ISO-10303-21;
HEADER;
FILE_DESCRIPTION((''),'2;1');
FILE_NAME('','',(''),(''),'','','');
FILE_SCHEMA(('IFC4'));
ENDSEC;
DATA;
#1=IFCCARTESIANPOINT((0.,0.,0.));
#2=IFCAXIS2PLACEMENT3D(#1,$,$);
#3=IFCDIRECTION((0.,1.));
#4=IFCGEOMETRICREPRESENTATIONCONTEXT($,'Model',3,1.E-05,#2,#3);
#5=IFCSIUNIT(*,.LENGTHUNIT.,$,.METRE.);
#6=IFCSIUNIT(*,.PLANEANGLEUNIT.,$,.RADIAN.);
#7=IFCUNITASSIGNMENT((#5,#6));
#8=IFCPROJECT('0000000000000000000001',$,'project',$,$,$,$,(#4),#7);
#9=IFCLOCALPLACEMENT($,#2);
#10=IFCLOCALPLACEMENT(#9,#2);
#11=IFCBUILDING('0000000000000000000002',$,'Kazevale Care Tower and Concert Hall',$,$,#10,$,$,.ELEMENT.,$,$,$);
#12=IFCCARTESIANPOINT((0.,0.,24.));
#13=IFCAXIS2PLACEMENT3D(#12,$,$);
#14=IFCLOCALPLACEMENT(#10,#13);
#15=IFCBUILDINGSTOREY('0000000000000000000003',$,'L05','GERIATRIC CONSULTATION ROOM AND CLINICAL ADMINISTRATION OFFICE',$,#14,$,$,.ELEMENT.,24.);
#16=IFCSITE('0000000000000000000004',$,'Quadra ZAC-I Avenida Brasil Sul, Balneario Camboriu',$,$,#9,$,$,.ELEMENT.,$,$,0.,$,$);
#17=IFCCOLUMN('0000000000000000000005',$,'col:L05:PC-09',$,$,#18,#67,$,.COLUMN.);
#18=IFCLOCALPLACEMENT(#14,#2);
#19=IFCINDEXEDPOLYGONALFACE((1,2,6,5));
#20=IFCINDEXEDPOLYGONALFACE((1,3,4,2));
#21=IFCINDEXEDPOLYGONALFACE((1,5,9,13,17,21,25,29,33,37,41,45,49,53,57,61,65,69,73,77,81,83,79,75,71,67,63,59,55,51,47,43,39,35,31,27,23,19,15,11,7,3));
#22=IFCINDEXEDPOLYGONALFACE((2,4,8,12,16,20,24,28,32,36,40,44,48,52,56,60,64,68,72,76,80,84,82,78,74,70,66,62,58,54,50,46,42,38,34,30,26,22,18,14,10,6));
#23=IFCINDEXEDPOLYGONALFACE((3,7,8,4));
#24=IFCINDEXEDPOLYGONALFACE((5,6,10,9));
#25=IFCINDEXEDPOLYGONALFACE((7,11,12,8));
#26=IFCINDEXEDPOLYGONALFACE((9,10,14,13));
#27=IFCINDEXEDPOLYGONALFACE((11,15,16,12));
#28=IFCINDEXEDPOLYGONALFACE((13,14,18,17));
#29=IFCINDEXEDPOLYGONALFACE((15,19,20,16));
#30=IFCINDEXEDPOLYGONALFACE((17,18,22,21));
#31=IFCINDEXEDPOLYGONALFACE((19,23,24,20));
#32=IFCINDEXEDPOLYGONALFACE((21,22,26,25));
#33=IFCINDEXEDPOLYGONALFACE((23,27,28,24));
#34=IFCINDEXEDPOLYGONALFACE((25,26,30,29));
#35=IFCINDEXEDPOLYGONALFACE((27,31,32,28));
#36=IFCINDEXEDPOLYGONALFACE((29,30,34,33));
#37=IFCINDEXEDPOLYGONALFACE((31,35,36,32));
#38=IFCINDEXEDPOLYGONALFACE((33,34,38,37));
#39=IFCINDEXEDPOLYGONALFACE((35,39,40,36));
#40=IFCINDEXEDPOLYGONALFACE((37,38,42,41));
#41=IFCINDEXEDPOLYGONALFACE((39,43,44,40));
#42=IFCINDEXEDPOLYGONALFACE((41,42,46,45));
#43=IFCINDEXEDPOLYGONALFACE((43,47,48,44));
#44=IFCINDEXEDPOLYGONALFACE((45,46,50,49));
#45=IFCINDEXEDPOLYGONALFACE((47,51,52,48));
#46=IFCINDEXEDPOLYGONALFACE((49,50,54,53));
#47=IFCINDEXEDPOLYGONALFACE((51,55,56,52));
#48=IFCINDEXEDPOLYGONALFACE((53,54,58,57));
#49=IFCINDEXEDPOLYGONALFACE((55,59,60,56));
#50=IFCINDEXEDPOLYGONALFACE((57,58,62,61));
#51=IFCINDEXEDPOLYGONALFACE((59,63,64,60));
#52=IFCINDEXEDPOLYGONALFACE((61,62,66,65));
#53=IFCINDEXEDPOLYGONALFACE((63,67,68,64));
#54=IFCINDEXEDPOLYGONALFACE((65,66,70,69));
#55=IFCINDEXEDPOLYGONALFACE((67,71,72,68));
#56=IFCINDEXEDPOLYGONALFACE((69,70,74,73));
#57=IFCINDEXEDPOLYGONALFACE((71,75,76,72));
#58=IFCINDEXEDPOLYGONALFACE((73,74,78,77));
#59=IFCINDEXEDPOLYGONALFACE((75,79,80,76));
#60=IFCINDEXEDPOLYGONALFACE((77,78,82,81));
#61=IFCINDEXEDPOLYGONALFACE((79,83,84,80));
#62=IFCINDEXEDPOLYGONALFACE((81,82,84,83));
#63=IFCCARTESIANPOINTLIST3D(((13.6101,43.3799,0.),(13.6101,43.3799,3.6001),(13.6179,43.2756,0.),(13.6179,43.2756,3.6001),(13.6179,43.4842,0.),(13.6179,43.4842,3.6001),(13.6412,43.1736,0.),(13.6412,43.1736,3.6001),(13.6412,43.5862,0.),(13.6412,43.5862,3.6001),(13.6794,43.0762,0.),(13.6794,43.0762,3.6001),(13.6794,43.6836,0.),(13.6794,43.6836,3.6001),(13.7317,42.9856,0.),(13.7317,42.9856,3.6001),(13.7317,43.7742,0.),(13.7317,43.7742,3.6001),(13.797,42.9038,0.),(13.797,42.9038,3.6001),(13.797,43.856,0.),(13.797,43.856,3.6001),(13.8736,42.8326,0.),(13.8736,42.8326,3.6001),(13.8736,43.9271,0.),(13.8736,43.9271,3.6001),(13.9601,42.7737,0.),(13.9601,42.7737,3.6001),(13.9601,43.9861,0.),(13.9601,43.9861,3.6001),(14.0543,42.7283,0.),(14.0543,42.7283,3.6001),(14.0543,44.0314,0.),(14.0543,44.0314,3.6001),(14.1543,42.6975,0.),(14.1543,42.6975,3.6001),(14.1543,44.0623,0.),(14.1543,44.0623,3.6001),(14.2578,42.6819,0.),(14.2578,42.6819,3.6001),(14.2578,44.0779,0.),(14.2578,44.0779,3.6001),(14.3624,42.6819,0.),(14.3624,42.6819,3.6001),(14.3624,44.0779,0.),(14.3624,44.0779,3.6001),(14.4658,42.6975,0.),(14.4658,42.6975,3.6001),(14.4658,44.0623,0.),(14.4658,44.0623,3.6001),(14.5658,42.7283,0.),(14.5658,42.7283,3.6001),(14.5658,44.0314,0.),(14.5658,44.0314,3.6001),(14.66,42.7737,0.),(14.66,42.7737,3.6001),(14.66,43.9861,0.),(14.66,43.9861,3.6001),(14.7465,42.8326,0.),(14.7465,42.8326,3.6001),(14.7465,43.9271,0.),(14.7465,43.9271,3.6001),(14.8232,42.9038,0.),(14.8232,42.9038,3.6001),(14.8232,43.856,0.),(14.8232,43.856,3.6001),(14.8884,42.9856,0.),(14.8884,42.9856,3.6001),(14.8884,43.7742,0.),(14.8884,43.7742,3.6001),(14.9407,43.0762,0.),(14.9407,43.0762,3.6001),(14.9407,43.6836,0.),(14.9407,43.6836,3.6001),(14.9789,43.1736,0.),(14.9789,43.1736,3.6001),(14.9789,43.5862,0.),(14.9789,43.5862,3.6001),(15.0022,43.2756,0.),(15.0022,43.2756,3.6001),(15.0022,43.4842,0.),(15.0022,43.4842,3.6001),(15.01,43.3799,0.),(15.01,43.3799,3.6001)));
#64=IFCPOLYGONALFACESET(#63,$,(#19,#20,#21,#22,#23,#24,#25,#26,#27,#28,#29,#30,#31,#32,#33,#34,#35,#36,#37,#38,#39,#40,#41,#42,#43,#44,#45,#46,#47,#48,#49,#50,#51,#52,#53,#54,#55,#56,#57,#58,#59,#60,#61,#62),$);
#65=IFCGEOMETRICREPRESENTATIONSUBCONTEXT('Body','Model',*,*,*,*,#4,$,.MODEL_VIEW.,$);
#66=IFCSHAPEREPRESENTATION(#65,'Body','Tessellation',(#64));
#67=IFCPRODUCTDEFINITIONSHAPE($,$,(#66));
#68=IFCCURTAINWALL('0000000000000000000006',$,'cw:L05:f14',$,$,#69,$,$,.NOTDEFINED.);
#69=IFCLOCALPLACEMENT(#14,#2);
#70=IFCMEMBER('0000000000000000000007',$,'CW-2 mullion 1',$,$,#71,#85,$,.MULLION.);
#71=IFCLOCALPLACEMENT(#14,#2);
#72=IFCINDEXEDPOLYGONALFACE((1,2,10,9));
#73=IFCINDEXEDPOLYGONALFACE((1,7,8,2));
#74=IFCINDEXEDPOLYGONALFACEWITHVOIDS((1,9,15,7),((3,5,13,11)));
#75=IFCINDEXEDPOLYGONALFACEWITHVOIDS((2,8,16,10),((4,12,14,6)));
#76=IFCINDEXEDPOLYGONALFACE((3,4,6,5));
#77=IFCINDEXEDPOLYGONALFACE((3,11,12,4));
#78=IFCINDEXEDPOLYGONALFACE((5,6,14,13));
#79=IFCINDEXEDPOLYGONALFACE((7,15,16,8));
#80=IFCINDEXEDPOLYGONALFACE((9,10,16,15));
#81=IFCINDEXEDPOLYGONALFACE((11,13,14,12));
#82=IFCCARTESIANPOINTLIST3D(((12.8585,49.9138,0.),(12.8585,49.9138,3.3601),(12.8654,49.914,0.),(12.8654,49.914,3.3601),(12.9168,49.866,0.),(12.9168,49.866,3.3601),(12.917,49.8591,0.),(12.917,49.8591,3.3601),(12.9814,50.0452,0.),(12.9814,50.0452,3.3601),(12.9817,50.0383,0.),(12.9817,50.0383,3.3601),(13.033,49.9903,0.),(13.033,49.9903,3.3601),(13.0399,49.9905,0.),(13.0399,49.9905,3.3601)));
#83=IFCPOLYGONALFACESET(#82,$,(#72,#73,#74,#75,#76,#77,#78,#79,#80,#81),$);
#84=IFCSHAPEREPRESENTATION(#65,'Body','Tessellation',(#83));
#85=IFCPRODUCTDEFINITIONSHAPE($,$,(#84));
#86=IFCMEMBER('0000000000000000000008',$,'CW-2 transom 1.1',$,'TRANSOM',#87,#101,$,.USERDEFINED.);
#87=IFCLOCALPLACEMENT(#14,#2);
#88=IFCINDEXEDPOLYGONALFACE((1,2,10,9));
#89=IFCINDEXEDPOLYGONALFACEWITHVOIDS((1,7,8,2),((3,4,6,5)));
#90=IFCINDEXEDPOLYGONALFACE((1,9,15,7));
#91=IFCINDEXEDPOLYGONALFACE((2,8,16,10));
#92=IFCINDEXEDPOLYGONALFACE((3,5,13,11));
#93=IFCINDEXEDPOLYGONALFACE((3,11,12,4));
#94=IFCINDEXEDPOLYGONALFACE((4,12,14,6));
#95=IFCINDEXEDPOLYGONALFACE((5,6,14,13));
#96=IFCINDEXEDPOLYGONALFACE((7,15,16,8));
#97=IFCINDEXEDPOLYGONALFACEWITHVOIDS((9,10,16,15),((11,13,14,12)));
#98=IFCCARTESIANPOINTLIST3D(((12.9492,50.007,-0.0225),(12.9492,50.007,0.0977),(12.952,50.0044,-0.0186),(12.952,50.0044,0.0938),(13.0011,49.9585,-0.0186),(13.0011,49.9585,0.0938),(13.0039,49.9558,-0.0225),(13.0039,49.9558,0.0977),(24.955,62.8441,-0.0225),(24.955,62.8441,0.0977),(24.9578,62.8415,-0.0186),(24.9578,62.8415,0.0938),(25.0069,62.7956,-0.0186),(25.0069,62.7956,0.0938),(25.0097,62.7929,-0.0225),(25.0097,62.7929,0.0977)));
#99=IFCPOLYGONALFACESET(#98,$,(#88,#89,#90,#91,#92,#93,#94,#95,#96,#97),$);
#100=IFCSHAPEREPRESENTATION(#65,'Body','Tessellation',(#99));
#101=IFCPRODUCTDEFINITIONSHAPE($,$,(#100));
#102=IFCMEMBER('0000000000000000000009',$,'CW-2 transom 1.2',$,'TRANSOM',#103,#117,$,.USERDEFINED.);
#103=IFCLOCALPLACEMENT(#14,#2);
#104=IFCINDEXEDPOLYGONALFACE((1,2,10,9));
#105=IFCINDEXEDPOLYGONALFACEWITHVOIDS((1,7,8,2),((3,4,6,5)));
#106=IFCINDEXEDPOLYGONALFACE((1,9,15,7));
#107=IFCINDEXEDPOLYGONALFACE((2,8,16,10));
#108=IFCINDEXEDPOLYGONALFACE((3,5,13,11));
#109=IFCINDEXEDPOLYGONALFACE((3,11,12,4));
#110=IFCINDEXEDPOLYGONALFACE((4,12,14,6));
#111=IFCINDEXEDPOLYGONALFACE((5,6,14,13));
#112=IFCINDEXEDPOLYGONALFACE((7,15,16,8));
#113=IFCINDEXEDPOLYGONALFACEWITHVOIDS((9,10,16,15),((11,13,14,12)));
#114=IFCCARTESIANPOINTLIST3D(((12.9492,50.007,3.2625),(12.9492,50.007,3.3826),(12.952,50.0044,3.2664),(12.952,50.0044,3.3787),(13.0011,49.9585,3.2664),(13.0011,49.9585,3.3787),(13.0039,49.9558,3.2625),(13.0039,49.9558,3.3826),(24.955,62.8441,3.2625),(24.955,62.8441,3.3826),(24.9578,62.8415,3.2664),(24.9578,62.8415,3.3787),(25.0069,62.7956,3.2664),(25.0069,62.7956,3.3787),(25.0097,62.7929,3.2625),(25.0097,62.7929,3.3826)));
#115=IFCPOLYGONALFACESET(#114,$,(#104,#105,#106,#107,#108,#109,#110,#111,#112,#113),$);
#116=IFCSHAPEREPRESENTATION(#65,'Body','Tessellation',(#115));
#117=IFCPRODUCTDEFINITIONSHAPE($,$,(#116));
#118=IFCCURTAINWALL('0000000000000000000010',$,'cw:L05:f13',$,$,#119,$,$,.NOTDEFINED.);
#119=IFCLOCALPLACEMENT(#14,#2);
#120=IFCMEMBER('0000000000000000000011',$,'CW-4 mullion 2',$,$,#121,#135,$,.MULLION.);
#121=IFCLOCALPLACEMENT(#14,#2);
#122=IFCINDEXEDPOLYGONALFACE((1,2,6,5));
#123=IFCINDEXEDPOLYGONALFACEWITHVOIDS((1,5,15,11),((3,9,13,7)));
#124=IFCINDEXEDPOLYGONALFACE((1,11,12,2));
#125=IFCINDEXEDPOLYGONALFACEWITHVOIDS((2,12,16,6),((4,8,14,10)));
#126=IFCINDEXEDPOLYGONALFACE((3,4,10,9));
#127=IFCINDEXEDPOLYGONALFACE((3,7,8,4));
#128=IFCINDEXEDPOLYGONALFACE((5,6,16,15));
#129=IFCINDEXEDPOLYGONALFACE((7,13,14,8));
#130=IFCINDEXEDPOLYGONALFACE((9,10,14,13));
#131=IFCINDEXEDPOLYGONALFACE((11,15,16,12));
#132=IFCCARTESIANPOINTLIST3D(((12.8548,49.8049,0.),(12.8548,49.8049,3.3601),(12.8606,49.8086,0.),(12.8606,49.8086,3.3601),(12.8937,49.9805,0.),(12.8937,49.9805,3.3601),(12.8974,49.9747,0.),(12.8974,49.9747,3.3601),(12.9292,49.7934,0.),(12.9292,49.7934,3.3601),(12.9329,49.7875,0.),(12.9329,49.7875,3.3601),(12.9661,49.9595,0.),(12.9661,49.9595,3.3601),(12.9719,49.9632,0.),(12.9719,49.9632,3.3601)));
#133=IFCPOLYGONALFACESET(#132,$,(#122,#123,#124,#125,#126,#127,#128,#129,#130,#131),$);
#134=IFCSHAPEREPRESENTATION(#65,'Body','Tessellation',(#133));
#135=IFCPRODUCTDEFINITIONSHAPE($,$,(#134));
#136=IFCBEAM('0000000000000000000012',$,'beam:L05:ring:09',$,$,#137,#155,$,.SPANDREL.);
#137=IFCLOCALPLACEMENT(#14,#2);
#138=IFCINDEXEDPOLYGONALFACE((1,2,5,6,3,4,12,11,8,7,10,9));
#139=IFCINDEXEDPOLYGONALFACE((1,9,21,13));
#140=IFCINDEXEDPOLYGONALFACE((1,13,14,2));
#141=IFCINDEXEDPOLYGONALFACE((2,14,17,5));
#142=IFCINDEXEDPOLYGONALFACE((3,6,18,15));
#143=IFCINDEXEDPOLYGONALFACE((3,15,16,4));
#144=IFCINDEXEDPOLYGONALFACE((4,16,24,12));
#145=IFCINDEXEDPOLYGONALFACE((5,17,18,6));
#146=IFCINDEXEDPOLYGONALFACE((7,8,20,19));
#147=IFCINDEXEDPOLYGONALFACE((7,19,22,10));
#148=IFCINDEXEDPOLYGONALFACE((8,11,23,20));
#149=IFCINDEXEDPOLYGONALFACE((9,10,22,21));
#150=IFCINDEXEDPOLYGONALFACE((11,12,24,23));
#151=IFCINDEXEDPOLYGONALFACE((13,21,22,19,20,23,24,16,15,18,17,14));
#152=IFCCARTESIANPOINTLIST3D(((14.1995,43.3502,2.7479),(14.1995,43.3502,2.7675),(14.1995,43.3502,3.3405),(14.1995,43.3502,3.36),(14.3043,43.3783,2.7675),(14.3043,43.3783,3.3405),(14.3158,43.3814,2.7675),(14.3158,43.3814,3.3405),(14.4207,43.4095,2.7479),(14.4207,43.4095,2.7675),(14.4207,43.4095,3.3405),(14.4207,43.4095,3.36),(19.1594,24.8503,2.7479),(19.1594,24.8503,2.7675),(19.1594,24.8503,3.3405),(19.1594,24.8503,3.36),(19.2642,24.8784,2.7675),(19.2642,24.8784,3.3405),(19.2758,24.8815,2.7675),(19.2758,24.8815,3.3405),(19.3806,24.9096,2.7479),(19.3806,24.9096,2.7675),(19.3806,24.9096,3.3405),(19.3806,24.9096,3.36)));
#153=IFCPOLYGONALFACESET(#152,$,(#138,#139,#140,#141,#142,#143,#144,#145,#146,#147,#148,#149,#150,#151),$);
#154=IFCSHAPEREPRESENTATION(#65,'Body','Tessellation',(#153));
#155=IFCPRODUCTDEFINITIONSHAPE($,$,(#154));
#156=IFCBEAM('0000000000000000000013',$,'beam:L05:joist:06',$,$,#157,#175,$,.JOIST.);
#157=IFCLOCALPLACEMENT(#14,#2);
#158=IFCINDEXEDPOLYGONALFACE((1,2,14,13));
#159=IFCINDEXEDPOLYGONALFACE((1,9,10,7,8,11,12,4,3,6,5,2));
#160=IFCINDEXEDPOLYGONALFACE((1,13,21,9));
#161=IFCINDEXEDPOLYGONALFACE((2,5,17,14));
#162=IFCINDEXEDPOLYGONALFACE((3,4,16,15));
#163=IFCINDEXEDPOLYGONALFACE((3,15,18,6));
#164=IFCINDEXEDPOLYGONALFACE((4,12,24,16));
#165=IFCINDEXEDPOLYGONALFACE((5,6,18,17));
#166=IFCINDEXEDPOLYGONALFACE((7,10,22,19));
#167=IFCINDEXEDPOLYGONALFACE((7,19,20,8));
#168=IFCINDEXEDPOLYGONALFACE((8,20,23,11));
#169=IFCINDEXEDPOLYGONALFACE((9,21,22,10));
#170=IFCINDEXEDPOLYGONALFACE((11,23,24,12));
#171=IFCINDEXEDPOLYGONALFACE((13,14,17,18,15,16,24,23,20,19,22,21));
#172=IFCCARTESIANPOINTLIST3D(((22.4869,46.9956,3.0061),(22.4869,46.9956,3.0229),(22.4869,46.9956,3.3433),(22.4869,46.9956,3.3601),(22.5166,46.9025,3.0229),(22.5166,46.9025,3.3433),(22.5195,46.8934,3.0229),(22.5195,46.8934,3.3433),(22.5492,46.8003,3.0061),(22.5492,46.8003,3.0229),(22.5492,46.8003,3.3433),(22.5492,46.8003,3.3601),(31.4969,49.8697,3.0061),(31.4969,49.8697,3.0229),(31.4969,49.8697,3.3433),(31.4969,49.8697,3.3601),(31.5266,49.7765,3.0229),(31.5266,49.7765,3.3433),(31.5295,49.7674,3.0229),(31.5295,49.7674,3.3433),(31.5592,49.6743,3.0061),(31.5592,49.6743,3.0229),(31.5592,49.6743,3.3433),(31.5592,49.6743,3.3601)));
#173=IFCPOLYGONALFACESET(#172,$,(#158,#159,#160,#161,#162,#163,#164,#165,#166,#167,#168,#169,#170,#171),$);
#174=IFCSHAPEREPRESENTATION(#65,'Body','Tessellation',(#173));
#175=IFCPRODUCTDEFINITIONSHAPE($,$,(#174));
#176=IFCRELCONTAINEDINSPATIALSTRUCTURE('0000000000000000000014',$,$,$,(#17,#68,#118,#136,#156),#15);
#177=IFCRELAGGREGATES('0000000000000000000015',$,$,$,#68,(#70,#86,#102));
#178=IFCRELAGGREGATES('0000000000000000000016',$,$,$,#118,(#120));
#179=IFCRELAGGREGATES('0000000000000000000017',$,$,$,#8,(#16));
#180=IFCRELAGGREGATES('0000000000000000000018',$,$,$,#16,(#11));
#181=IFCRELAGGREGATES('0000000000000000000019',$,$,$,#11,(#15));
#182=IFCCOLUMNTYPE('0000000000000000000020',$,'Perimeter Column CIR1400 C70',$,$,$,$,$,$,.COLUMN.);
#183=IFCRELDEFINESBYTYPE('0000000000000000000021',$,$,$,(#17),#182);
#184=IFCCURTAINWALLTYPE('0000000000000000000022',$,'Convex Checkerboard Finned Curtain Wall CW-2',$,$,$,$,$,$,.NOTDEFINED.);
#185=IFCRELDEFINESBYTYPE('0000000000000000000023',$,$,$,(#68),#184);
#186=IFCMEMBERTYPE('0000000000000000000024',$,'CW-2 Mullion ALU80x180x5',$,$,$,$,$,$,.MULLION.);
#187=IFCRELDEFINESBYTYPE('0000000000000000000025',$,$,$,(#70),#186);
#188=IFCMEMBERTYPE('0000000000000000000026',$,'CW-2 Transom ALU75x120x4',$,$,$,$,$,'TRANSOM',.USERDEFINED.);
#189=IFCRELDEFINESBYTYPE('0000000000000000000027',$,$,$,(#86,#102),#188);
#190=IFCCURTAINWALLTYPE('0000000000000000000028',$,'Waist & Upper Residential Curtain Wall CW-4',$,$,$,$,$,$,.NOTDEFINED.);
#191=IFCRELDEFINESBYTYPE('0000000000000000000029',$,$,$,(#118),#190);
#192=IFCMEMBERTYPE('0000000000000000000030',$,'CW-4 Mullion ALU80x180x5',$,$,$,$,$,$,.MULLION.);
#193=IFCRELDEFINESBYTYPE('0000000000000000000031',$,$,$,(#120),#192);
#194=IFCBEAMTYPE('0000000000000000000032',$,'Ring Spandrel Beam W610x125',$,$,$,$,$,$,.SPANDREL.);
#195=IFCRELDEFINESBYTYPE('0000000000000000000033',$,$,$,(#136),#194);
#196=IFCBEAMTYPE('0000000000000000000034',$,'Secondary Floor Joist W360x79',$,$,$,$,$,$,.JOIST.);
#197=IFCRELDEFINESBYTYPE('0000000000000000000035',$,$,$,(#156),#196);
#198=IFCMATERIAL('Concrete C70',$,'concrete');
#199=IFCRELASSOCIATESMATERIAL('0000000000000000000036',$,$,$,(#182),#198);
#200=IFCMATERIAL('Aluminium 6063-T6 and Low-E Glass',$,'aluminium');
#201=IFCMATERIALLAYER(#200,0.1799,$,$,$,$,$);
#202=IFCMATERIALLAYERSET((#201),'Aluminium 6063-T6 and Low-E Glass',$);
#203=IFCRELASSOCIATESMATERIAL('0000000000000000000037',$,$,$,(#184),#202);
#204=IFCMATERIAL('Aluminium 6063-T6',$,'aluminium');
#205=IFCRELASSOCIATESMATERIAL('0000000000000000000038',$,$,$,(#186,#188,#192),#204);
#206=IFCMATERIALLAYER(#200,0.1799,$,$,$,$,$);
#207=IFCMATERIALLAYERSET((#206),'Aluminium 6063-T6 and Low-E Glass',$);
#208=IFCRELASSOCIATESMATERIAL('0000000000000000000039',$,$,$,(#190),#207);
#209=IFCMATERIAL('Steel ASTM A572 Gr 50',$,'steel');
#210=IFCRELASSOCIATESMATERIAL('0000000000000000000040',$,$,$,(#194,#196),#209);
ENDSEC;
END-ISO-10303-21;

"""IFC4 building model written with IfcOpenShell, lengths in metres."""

from ifc_helpers import new_model, si_unit, direction, frame, origin, origin_2d, place, context, subcontext, project, spatial, hollow_rectangle, circle, i_section, extrude, material, layer, layer_set, material_profile, profile_set, type_object, element, aggregate, save


model = new_model("IFC4")

# Units and contexts
model_context = context("Model", 3, precision=1e-05, world=origin(), true_north=direction((0.0, 1.0)))
body_context = subcontext(model_context, "Body", "Model", "MODEL_VIEW")
ifc_project = project(units=[si_unit("LENGTHUNIT", "METRE"), si_unit("PLANEANGLEUNIT", "RADIAN")], contexts=[model_context])

# Site, building, storey
site_placement = place(None, origin())
site = spatial("IfcSite", under=ifc_project, at=site_placement, Name="Quadra ZAC-I Avenida Brasil Sul, Balneario Camboriu", CompositionType="ELEMENT", RefElevation=0.0)
building_placement = place(site_placement, origin())
building = spatial("IfcBuilding", under=site, at=building_placement, Name="Kazevale Care Tower and Concert Hall", CompositionType="ELEMENT")
storey_placement = place(building_placement, frame((0.0, 0.0, 24.0)))
storey = spatial("IfcBuildingStorey", under=building, at=storey_placement, Name="L05", Description="GERIATRIC CONSULTATION ROOM AND CLINICAL ADMINISTRATION OFFICE", CompositionType="ELEMENT", Elevation=24.0)

# Column
ifc_material_1 = material(Name="Concrete C70", Category="concrete")
ifc_material_profile_1 = material_profile(ifc_material_1, circle(Radius=0.7, at=origin_2d()), Name="RC-CIR1400")
ifc_profile_set_1 = profile_set([ifc_material_profile_1], Name="Concrete C70")
column_type = type_object("IfcColumnType", Name="Perimeter Column CIR1400 C70", PredefinedType="COLUMN", material=ifc_profile_set_1)
column_placement = place(storey_placement, frame((14.3101, 43.3799, 0.0), z_axis=(0.0, 0.0, 1.0), x_axis=(1.0, 0.0, 0.0)))
element("IfcColumn", 1, at=column_placement, inside=storey, type_object=column_type, Name="col:L05:PC-09", PredefinedType="COLUMN", context=body_context, shape_type="SweptSolid", body=[
    extrude(circle(Radius=0.7, at=origin_2d()), origin(), (0.0, 0.0, 1.0), 3.6001),
])

# Curtain wall, members
ifc_material_2 = material(Name="Aluminium 6063-T6 and Low-E Glass", Category="aluminium")
ifc_layer_1 = layer(ifc_material_2, 0.1799)
ifc_layer_set_1 = layer_set([ifc_layer_1], Name="Aluminium 6063-T6 and Low-E Glass")
curtain_wall_type_1 = type_object("IfcCurtainWallType", Name="Convex Checkerboard Finned Curtain Wall CW-2", PredefinedType="NOTDEFINED", material=ifc_layer_set_1)
curtain_wall_1_placement = place(storey_placement, origin())
curtain_wall_1 = element("IfcCurtainWall", 2, at=curtain_wall_1_placement, inside=storey, type_object=curtain_wall_type_1, Name="cw:L05:f14", PredefinedType="NOTDEFINED")
ifc_material_3 = material(Name="Aluminium 6063-T6", Category="aluminium")
ifc_material_profile_2 = material_profile(ifc_material_3, hollow_rectangle(XDim=0.0801, YDim=0.1799, WallThickness=0.0049, at=origin_2d()), Name="ALU80x180x5")
ifc_profile_set_2 = profile_set([ifc_material_profile_2], Name="Aluminium 6063-T6")
member_type_1 = type_object("IfcMemberType", Name="CW-2 Mullion ALU80x180x5", PredefinedType="MULLION", material=ifc_profile_set_2)
member_1_placement = place(storey_placement, frame((12.9492, 49.9521, 0.0), z_axis=(0.0, 0.0, 1.0), x_axis=(-0.730363, 0.683059, 0.0)))
member_1 = element("IfcMember", 3, at=member_1_placement, type_object=member_type_1, Name="CW-2 mullion 1", PredefinedType="MULLION", context=body_context, shape_type="SweptSolid", body=[
    extrude(hollow_rectangle(XDim=0.0801, YDim=0.1799, WallThickness=0.0049, at=origin_2d()), origin(), (0.0, 0.0, 1.0), 3.3601),
])
ifc_material_profile_3 = material_profile(ifc_material_3, hollow_rectangle(XDim=0.075, YDim=0.1201, WallThickness=0.0039, at=origin_2d()), Name="ALU75x120x4")
ifc_profile_set_3 = profile_set([ifc_material_profile_3], Name="Aluminium 6063-T6")
member_type_2 = type_object("IfcMemberType", Name="CW-2 Transom ALU75x120x4", ElementType="TRANSOM", PredefinedType="USERDEFINED", material=ifc_profile_set_3)
member_2_placement = place(storey_placement, frame((12.9766, 49.9814, 0.0376), z_axis=(0.683063, 0.730359, 0.0), x_axis=(-0.730359, 0.683063, 0.0)))
member_2 = element("IfcMember", 4, at=member_2_placement, type_object=member_type_2, Name="CW-2 transom 1.1", ObjectType="TRANSOM", PredefinedType="USERDEFINED", context=body_context, shape_type="SweptSolid", body=[
    extrude(hollow_rectangle(XDim=0.075, YDim=0.1201, WallThickness=0.0039, at=origin_2d()), origin(), (0.0, 0.0, 1.0), 17.5764),
])
member_3_placement = place(storey_placement, frame((12.9766, 49.9814, 3.3225), z_axis=(0.683063, 0.730359, 0.0), x_axis=(-0.730359, 0.683063, 0.0)))
member_3 = element("IfcMember", 5, at=member_3_placement, type_object=member_type_2, Name="CW-2 transom 1.2", ObjectType="TRANSOM", PredefinedType="USERDEFINED", context=body_context, shape_type="SweptSolid", body=[
    extrude(hollow_rectangle(XDim=0.075, YDim=0.1201, WallThickness=0.0039, at=origin_2d()), origin(), (0.0, 0.0, 1.0), 17.5764),
])
aggregate(curtain_wall_1, [member_1, member_2, member_3])

# Curtain wall, member
ifc_layer_2 = layer(ifc_material_2, 0.1799)
ifc_layer_set_2 = layer_set([ifc_layer_2], Name="Aluminium 6063-T6 and Low-E Glass")
curtain_wall_type_2 = type_object("IfcCurtainWallType", Name="Waist & Upper Residential Curtain Wall CW-4", PredefinedType="NOTDEFINED", material=ifc_layer_set_2)
curtain_wall_2_placement = place(storey_placement, origin())
curtain_wall_2 = element("IfcCurtainWall", 6, at=curtain_wall_2_placement, inside=storey, type_object=curtain_wall_type_2, Name="cw:L05:f13", PredefinedType="NOTDEFINED")
ifc_material_profile_4 = material_profile(ifc_material_3, hollow_rectangle(XDim=0.0801, YDim=0.1799, WallThickness=0.0049, at=origin_2d()), Name="ALU80x180x5")
ifc_profile_set_4 = profile_set([ifc_material_profile_4], Name="Aluminium 6063-T6")
member_type_3 = type_object("IfcMemberType", Name="CW-4 Mullion ALU80x180x5", PredefinedType="MULLION", material=ifc_profile_set_4)
member_4_placement = place(storey_placement, frame((12.9133, 49.884, 0.0), z_axis=(0.0, 0.0, 1.0), x_axis=(-0.976291, 0.216461, 0.0)))
member_4 = element("IfcMember", 7, at=member_4_placement, type_object=member_type_3, Name="CW-4 mullion 2", PredefinedType="MULLION", context=body_context, shape_type="SweptSolid", body=[
    extrude(hollow_rectangle(XDim=0.0801, YDim=0.1799, WallThickness=0.0049, at=origin_2d()), origin(), (0.0, 0.0, 1.0), 3.3601),
])

# Beams
ifc_material_4 = material(Name="Steel ASTM A572 Gr 50", Category="steel")
ifc_material_profile_5 = material_profile(ifc_material_4, i_section(OverallWidth=0.229, OverallDepth=0.6121, WebThickness=0.012, FlangeThickness=0.0195, at=origin_2d()), Name="W610x125")
ifc_profile_set_5 = profile_set([ifc_material_profile_5], Name="Steel ASTM A572 Gr 50")
beam_type_1 = type_object("IfcBeamType", Name="Ring Spandrel Beam W610x125", PredefinedType="SPANDREL", material=ifc_profile_set_5)
beam_1_placement = place(storey_placement, frame((14.3101, 43.3799, 3.054), z_axis=(0.25896, -0.965888, 0.0), x_axis=(0.965888, 0.25896, 0.0)))
element("IfcBeam", 8, at=beam_1_placement, inside=storey, type_object=beam_type_1, Name="beam:L05:ring:09", PredefinedType="SPANDREL", context=body_context, shape_type="SweptSolid", body=[
    extrude(i_section(OverallWidth=0.229, OverallDepth=0.6121, WebThickness=0.012, FlangeThickness=0.0195, at=origin_2d()), origin(), (0.0, 0.0, 1.0), 19.1533),
])
ifc_material_profile_6 = material_profile(ifc_material_4, i_section(OverallWidth=0.2051, OverallDepth=0.354, WebThickness=0.0095, FlangeThickness=0.0168, at=origin_2d()), Name="W360x79")
ifc_profile_set_6 = profile_set([ifc_material_profile_6], Name="Steel ASTM A572 Gr 50")
beam_type_2 = type_object("IfcBeamType", Name="Secondary Floor Joist W360x79", PredefinedType="JOIST", material=ifc_profile_set_6)
beam_2_placement = place(storey_placement, frame((31.5281, 49.772, 3.1831), z_axis=(-0.952705, -0.303895, 0.0), x_axis=(0.303895, -0.952705, 0.0)))
element("IfcBeam", 9, at=beam_2_placement, inside=storey, type_object=beam_type_2, Name="beam:L05:joist:06", PredefinedType="JOIST", context=body_context, shape_type="SweptSolid", body=[
    extrude(i_section(OverallWidth=0.2051, OverallDepth=0.354, WebThickness=0.0095, FlangeThickness=0.0168, at=origin_2d()), origin(), (0.0, 0.0, 1.0), 9.4573),
])

aggregate(curtain_wall_2, [member_4])

save(model, "model.ifc")
